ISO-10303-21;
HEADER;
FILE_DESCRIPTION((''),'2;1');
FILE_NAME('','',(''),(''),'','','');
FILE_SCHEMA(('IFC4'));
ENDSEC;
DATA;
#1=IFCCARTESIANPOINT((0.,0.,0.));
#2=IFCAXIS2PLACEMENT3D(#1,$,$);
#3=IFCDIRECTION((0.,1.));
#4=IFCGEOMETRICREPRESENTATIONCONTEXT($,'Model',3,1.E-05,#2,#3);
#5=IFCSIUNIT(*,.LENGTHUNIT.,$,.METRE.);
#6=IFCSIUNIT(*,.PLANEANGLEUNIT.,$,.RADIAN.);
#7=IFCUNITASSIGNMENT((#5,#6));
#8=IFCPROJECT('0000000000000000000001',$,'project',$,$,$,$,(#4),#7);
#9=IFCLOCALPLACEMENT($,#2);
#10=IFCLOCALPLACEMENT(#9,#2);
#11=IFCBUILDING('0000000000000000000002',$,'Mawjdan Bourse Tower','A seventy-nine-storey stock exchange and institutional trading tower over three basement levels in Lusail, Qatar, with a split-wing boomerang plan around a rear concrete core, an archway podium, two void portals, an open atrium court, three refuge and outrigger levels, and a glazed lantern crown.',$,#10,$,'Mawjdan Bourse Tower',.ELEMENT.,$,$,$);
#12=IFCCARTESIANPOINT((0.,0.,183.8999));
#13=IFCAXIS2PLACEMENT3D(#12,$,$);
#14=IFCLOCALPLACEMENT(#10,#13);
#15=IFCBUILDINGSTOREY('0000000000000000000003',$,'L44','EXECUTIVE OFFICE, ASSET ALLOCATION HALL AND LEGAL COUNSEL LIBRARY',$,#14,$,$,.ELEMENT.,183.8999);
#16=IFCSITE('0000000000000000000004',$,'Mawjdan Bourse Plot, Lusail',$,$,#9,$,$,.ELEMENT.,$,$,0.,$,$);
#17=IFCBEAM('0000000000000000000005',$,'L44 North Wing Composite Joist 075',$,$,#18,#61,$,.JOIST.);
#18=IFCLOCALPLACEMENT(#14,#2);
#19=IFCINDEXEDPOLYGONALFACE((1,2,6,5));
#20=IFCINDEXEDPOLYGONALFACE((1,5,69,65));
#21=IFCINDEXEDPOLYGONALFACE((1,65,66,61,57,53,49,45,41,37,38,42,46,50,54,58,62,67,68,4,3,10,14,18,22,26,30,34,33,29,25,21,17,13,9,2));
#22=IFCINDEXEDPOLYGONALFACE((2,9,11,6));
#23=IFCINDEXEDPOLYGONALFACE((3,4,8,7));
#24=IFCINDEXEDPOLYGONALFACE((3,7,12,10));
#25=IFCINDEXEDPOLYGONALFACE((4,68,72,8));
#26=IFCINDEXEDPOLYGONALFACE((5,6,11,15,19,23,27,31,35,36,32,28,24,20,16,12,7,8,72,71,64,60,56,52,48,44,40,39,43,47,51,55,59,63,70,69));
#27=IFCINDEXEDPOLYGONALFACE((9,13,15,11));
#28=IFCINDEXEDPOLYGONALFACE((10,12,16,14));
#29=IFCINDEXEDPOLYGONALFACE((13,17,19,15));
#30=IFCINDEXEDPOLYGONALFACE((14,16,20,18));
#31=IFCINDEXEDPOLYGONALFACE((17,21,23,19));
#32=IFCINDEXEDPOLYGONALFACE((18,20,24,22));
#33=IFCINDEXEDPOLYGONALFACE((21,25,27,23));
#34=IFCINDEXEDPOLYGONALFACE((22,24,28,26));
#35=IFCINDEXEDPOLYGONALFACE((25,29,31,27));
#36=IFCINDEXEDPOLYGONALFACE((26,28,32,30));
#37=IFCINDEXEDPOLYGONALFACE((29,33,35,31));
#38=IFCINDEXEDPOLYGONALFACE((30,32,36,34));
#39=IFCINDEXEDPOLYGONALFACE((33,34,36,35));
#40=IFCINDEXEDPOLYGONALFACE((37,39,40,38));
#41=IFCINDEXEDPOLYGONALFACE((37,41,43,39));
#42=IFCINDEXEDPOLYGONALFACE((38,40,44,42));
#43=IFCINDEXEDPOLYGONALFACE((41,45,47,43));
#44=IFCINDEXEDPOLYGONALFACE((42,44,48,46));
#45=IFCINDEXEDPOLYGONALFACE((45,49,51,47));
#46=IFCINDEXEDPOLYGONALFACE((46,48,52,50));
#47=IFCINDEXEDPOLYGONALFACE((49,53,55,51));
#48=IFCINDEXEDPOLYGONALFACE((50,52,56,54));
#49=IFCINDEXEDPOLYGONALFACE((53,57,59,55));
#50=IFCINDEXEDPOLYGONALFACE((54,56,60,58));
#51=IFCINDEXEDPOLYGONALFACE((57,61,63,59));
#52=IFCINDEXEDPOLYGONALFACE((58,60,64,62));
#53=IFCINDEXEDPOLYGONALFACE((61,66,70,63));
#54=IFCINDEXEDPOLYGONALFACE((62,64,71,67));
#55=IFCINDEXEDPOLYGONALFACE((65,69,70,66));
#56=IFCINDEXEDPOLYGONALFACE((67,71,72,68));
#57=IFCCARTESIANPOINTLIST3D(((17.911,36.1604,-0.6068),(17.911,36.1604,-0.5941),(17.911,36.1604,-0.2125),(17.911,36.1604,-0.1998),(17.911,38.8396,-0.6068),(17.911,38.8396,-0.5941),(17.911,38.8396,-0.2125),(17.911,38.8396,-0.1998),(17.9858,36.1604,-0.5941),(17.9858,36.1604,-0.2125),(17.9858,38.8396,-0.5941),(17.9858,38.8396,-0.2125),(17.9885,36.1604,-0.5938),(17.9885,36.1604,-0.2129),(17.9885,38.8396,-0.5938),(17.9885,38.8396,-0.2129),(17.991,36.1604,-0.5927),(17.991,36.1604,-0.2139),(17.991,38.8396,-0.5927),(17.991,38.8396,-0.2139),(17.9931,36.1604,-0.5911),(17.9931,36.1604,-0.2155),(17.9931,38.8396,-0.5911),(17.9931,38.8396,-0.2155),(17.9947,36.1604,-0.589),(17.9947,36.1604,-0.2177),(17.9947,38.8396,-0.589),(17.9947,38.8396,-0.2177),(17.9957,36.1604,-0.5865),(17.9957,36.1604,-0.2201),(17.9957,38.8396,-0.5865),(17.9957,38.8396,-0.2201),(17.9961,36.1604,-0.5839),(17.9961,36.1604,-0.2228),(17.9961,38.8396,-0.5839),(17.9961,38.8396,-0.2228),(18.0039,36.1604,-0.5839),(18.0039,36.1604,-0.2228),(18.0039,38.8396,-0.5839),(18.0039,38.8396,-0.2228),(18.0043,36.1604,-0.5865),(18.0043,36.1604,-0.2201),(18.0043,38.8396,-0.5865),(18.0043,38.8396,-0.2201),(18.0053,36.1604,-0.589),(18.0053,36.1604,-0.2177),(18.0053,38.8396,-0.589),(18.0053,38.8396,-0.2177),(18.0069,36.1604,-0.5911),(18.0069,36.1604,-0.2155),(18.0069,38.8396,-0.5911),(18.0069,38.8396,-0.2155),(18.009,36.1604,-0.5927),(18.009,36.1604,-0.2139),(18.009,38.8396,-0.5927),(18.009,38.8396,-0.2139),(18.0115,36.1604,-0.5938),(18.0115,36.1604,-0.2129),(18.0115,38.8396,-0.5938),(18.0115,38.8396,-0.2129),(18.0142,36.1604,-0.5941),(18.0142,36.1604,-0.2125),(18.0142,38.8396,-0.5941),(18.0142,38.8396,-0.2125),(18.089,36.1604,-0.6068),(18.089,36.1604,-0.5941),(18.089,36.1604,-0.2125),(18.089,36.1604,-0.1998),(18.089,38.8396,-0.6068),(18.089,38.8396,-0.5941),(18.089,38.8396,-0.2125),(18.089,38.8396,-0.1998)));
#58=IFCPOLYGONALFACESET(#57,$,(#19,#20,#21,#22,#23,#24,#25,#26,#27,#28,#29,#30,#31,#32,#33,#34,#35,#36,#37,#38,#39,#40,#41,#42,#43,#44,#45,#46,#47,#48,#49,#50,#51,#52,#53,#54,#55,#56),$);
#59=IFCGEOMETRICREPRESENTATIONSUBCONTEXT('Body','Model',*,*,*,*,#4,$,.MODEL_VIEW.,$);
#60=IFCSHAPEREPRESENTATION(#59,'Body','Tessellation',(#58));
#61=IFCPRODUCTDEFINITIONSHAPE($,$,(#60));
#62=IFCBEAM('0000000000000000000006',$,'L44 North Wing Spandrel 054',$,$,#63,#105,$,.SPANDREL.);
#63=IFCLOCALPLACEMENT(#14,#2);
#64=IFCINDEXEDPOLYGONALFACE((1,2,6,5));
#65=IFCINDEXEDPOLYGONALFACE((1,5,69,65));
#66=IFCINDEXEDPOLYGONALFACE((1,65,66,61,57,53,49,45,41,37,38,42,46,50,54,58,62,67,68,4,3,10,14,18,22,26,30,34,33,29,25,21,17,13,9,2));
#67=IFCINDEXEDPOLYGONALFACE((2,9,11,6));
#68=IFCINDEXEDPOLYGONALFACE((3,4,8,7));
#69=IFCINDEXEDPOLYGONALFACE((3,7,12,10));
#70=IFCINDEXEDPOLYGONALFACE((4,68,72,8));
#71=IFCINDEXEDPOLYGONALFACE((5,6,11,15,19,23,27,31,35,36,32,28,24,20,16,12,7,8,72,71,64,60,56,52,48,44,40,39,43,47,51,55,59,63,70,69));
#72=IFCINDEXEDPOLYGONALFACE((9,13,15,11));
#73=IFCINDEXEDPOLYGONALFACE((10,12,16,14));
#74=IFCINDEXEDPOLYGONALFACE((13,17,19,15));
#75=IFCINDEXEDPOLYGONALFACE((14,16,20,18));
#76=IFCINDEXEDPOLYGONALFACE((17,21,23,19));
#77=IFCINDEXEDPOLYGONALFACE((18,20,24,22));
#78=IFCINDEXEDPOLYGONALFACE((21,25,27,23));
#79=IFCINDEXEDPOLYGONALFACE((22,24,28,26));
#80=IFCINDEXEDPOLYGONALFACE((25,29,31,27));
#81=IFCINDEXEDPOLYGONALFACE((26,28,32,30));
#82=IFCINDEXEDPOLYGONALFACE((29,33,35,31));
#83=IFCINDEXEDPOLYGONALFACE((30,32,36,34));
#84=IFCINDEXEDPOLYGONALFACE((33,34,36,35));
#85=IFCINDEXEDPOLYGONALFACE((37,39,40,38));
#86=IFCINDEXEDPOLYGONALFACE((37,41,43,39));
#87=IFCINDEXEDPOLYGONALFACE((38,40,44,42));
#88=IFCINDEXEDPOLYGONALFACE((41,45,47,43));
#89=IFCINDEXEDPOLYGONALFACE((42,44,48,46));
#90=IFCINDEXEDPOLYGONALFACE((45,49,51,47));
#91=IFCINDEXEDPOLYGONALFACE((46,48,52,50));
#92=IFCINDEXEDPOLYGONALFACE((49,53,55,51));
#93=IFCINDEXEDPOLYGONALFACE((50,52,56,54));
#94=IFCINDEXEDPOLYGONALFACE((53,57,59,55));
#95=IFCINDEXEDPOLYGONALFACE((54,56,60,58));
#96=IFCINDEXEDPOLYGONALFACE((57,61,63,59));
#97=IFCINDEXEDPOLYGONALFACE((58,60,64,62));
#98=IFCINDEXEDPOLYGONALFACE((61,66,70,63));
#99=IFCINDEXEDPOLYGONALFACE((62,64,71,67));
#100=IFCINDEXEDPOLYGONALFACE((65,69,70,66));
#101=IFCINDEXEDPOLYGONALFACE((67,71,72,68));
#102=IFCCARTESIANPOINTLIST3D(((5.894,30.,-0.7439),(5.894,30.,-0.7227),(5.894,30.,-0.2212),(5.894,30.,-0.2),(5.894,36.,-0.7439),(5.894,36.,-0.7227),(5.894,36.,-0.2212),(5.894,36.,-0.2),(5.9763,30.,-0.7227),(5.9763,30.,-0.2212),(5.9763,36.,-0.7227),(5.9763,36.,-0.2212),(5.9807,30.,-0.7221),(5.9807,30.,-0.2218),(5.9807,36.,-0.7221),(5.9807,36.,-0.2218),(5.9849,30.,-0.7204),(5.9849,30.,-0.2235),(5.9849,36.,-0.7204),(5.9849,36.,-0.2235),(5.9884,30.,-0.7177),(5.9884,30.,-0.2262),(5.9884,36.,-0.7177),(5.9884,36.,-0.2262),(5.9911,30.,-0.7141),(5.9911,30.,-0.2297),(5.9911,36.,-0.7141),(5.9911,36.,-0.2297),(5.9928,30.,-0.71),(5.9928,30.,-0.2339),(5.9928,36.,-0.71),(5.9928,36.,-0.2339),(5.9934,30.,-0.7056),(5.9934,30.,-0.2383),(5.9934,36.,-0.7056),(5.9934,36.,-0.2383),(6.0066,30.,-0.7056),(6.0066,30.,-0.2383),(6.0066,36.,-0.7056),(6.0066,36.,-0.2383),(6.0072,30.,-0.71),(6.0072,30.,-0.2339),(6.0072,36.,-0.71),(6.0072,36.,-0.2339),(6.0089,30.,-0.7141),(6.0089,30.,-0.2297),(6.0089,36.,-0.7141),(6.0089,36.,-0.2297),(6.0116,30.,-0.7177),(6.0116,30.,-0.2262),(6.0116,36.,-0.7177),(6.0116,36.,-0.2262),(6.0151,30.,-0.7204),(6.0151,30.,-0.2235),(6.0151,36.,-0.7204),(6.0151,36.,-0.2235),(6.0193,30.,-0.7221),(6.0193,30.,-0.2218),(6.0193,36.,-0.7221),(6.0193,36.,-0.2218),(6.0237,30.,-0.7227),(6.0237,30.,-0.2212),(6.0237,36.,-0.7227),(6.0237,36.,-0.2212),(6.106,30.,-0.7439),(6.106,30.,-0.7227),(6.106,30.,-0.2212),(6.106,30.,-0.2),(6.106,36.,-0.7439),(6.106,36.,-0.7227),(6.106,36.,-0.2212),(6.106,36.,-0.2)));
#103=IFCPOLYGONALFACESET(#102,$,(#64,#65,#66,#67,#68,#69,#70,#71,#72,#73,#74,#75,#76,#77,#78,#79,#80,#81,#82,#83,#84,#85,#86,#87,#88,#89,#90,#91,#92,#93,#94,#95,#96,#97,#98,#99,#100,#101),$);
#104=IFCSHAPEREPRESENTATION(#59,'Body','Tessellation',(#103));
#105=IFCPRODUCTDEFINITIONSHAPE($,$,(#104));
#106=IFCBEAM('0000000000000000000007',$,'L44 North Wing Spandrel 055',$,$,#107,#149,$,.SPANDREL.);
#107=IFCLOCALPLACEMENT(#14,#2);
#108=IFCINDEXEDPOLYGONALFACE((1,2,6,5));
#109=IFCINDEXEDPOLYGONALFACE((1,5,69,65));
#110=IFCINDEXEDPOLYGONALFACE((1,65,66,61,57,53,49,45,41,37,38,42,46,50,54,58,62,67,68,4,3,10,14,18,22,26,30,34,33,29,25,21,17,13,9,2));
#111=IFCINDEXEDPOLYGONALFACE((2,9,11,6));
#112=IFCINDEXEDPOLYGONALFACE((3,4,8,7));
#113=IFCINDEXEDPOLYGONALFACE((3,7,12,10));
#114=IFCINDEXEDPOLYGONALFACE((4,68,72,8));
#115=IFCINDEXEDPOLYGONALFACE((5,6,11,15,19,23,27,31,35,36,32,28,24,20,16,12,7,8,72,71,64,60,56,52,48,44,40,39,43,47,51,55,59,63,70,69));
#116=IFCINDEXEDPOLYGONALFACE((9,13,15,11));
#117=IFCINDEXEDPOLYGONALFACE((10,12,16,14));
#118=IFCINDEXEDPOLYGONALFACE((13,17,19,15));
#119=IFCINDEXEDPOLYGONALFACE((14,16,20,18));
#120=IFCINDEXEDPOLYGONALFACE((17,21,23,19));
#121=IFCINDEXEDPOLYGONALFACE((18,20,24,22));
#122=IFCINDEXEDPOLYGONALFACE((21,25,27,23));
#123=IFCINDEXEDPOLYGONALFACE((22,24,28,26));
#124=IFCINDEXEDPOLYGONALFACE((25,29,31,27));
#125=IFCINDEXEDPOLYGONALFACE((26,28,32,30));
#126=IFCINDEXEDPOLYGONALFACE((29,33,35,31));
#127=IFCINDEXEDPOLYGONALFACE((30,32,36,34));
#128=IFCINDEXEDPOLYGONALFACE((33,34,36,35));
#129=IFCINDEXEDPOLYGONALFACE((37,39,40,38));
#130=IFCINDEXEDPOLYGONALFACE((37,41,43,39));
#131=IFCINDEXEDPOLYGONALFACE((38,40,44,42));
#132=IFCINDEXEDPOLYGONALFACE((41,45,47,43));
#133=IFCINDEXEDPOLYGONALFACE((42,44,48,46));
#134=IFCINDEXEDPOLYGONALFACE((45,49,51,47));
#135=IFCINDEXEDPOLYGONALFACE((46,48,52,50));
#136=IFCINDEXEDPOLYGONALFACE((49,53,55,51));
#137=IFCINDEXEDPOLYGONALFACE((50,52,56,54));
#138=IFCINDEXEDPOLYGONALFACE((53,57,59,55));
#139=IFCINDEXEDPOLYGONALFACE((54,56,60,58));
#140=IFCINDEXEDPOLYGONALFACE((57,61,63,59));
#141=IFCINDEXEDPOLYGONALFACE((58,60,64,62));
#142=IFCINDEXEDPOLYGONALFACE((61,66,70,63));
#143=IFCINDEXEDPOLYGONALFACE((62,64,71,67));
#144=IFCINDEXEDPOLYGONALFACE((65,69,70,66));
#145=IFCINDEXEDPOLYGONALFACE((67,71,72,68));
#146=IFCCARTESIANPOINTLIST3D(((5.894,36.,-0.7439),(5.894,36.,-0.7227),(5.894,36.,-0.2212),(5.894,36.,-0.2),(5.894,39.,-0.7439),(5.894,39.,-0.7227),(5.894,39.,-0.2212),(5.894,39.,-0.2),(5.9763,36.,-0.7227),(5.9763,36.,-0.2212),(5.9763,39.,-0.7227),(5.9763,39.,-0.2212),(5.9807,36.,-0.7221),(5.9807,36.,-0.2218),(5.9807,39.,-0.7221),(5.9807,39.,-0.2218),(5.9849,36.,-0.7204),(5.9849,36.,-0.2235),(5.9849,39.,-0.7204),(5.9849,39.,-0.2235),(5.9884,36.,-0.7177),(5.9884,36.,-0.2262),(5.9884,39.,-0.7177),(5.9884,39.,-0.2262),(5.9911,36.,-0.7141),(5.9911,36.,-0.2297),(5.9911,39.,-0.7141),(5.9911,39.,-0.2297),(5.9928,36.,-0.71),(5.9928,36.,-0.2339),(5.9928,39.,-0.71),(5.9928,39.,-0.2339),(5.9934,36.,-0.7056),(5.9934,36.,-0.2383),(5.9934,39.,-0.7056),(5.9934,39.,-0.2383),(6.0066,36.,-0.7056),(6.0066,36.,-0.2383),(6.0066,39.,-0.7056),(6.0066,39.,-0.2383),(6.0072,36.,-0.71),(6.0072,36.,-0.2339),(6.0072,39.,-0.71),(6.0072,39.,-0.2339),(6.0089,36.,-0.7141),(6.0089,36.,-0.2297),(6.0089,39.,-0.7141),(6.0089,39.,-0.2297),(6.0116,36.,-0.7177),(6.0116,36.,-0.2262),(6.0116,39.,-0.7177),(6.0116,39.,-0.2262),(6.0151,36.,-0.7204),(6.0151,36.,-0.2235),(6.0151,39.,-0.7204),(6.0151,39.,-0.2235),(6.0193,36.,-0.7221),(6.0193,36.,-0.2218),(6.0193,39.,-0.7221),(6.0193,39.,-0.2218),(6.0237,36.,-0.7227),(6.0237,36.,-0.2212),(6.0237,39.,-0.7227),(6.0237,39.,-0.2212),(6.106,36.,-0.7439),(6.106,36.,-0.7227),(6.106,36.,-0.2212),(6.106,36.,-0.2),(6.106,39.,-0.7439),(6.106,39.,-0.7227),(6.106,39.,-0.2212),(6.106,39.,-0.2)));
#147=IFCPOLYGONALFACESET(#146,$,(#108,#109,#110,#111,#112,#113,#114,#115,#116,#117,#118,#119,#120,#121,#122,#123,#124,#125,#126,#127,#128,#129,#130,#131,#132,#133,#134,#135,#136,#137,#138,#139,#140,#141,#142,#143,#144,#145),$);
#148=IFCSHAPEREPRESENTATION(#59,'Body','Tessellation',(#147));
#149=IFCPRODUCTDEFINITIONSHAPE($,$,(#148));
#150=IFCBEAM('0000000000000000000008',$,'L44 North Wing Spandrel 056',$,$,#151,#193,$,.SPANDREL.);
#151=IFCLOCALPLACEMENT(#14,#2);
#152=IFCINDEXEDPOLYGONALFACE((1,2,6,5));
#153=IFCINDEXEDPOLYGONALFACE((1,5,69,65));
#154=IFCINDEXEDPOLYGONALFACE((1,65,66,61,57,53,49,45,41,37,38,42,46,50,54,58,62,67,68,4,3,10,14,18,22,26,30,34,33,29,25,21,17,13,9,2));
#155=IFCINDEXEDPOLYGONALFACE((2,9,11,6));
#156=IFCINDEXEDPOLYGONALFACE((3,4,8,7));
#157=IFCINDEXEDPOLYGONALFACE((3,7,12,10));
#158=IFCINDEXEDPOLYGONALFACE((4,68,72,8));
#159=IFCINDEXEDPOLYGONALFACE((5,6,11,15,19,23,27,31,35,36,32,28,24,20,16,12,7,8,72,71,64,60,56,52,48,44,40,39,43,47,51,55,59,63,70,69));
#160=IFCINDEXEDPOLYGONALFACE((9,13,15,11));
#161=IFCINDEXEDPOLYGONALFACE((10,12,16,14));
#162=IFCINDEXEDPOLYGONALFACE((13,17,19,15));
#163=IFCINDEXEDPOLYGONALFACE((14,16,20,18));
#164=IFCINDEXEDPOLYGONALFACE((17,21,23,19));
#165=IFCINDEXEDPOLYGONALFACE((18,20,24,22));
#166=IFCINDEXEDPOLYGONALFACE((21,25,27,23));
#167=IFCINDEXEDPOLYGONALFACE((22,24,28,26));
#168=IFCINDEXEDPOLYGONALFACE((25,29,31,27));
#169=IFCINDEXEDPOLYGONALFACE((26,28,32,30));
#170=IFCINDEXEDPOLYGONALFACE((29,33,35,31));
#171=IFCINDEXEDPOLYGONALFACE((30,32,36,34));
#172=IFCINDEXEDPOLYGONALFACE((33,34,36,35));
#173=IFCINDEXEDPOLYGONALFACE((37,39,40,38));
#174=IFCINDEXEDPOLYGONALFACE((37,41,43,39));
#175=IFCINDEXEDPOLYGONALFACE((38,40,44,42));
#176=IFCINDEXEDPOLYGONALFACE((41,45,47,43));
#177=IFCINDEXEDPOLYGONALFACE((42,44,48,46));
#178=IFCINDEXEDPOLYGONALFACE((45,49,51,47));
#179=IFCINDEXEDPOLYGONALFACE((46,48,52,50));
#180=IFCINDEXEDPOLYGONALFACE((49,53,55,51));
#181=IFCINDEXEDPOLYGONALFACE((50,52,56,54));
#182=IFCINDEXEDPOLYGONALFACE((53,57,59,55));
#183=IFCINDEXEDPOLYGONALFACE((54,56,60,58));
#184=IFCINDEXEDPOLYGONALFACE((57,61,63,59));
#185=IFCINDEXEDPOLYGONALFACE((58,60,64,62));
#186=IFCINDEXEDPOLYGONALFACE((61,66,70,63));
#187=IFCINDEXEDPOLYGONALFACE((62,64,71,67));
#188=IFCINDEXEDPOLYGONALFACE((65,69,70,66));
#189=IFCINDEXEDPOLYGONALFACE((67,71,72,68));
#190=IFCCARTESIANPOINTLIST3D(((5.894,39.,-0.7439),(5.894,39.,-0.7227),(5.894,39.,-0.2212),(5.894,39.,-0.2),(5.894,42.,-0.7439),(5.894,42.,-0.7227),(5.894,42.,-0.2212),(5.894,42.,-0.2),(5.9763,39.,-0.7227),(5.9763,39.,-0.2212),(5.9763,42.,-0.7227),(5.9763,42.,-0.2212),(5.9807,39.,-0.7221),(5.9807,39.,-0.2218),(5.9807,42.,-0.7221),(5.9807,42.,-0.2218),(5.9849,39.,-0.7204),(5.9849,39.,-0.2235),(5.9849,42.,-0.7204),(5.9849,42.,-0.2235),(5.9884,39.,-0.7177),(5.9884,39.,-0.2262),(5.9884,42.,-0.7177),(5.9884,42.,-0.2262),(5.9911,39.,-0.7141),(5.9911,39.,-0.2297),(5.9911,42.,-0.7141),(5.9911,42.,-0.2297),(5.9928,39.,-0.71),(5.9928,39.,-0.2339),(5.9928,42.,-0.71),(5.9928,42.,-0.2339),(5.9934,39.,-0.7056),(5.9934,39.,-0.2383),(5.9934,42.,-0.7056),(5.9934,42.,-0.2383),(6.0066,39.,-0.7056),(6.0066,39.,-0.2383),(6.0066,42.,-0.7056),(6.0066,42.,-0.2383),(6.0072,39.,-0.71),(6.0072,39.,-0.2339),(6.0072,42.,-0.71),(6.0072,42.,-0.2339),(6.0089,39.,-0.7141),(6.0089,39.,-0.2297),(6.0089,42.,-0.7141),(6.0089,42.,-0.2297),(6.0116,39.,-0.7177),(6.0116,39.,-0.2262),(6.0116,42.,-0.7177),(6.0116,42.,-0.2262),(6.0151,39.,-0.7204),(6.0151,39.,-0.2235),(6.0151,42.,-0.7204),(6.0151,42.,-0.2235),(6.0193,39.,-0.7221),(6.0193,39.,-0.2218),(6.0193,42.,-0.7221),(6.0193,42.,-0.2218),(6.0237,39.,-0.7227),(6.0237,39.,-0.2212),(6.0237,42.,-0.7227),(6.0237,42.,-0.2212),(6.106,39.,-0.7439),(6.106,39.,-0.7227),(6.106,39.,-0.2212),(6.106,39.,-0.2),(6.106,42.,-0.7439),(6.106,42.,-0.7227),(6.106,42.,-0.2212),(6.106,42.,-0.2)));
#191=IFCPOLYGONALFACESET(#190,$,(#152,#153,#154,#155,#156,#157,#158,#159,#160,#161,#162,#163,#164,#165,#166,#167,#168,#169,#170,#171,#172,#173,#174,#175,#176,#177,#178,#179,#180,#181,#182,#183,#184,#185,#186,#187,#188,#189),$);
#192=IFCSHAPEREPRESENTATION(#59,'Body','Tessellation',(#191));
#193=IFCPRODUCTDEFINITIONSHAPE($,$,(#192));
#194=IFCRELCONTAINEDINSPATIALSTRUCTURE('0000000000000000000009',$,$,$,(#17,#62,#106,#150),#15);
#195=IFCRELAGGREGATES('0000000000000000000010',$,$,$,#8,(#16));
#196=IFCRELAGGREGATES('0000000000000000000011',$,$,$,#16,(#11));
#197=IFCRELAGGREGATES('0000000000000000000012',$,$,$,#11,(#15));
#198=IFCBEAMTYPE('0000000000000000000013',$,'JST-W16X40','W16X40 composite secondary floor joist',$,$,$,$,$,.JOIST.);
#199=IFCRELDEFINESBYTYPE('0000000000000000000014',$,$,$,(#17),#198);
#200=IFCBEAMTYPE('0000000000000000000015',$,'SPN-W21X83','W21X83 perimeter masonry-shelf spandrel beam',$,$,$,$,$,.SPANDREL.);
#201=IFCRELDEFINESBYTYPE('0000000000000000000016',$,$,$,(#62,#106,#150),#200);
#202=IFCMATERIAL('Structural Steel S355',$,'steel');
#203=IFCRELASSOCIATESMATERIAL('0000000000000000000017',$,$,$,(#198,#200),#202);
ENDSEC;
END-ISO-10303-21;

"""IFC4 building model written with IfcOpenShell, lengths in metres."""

from ifc_helpers import new_model, si_unit, direction, frame, origin, origin_2d, place, context, subcontext, project, spatial, i_section, extrude, material, material_profile, profile_set, type_object, element, save


model = new_model("IFC4")

# Units and contexts
model_context = context("Model", 3, precision=1e-05, world=origin(), true_north=direction((0.0, 1.0)))
body_context = subcontext(model_context, "Body", "Model", "MODEL_VIEW")
ifc_project = project(units=[si_unit("LENGTHUNIT", "METRE"), si_unit("PLANEANGLEUNIT", "RADIAN")], contexts=[model_context])

# Site, building, storey
site_placement = place(None, origin())
site = spatial("IfcSite", under=ifc_project, at=site_placement, Name="Mawjdan Bourse Plot, Lusail", CompositionType="ELEMENT", RefElevation=0.0)
building_placement = place(site_placement, origin())
building = spatial("IfcBuilding", under=site, at=building_placement, Name="Mawjdan Bourse Tower", Description="A seventy-nine-storey stock exchange and institutional trading tower over three basement levels in Lusail, Qatar, with a split-wing boomerang plan around a rear concrete core, an archway podium, two void portals, an open atrium court, three refuge and outrigger levels, and a glazed lantern crown.", LongName="Mawjdan Bourse Tower", CompositionType="ELEMENT")
storey_placement = place(building_placement, frame((0.0, 0.0, 183.8999)))
storey = spatial("IfcBuildingStorey", under=building, at=storey_placement, Name="L44", Description="EXECUTIVE OFFICE, ASSET ALLOCATION HALL AND LEGAL COUNSEL LIBRARY", CompositionType="ELEMENT", Elevation=183.8999)

# Beams
ifc_material_1 = material(Name="Structural Steel S355", Category="steel")
ifc_material_profile_1 = material_profile(ifc_material_1, i_section(OverallWidth=0.178, OverallDepth=0.407, WebThickness=0.0078, FlangeThickness=0.0127, FilletRadius=0.0103, at=origin_2d()), Name="W16X40")
ifc_profile_set_1 = profile_set([ifc_material_profile_1], Name="Structural Steel S355")
beam_type_1 = type_object("IfcBeamType", Name="JST-W16X40", Description="W16X40 composite secondary floor joist", PredefinedType="JOIST", material=ifc_profile_set_1)
beam_1_placement = place(storey_placement, frame((18.0, 36.1604, -0.4033), z_axis=(0.0, 1.0, 0.0), x_axis=(-1.0, 0.0, 0.0)))
element("IfcBeam", 1, at=beam_1_placement, inside=storey, type_object=beam_type_1, Name="L44 North Wing Composite Joist 075", PredefinedType="JOIST", context=body_context, shape_type="SweptSolid", body=[
    extrude(i_section(OverallWidth=0.178, OverallDepth=0.407, WebThickness=0.0078, FlangeThickness=0.0127, FilletRadius=0.0103, at=origin_2d()), origin(), (0.0, 0.0, 1.0), 2.6792),
])
ifc_material_profile_2 = material_profile(ifc_material_1, i_section(OverallWidth=0.2119, OverallDepth=0.5439, WebThickness=0.0132, FlangeThickness=0.0212, FilletRadius=0.0171, at=origin_2d()), Name="W21X83")
ifc_profile_set_2 = profile_set([ifc_material_profile_2], Name="Structural Steel S355")
beam_type_2 = type_object("IfcBeamType", Name="SPN-W21X83", Description="W21X83 perimeter masonry-shelf spandrel beam", PredefinedType="SPANDREL", material=ifc_profile_set_2)
beam_2_placement = place(storey_placement, frame((6.0, 30.0, -0.4719), z_axis=(0.0, 1.0, 0.0), x_axis=(-1.0, 0.0, 0.0)))
element("IfcBeam", 2, at=beam_2_placement, inside=storey, type_object=beam_type_2, Name="L44 North Wing Spandrel 054", PredefinedType="SPANDREL", context=body_context, shape_type="SweptSolid", body=[
    extrude(i_section(OverallWidth=0.2119, OverallDepth=0.5439, WebThickness=0.0132, FlangeThickness=0.0212, FilletRadius=0.0171, at=origin_2d()), origin(), (0.0, 0.0, 1.0), 6.0),
])
for number, where, z_axis, x_axis, name in (
    (3, (6.0, 36.0, -0.4719), (0.0, 1.0, 0.0), (-1.0, 0.0, 0.0), "L44 North Wing Spandrel 055"),
    (4, (6.0, 39.0, -0.4719), (0.0, 1.0, 0.0), (-1.0, 0.0, 0.0), "L44 North Wing Spandrel 056"),
):
    element("IfcBeam", number, at=place(storey_placement, frame(where, z_axis=z_axis, x_axis=x_axis)), inside=storey, type_object=beam_type_2, Name=name, PredefinedType="SPANDREL", context=body_context, shape_type="SweptSolid", body=[
        extrude(i_section(OverallWidth=0.2119, OverallDepth=0.5439, WebThickness=0.0132, FlangeThickness=0.0212, FilletRadius=0.0171, at=origin_2d()), origin(), (0.0, 0.0, 1.0), 3.0),
    ])

save(model, "model.ifc")
